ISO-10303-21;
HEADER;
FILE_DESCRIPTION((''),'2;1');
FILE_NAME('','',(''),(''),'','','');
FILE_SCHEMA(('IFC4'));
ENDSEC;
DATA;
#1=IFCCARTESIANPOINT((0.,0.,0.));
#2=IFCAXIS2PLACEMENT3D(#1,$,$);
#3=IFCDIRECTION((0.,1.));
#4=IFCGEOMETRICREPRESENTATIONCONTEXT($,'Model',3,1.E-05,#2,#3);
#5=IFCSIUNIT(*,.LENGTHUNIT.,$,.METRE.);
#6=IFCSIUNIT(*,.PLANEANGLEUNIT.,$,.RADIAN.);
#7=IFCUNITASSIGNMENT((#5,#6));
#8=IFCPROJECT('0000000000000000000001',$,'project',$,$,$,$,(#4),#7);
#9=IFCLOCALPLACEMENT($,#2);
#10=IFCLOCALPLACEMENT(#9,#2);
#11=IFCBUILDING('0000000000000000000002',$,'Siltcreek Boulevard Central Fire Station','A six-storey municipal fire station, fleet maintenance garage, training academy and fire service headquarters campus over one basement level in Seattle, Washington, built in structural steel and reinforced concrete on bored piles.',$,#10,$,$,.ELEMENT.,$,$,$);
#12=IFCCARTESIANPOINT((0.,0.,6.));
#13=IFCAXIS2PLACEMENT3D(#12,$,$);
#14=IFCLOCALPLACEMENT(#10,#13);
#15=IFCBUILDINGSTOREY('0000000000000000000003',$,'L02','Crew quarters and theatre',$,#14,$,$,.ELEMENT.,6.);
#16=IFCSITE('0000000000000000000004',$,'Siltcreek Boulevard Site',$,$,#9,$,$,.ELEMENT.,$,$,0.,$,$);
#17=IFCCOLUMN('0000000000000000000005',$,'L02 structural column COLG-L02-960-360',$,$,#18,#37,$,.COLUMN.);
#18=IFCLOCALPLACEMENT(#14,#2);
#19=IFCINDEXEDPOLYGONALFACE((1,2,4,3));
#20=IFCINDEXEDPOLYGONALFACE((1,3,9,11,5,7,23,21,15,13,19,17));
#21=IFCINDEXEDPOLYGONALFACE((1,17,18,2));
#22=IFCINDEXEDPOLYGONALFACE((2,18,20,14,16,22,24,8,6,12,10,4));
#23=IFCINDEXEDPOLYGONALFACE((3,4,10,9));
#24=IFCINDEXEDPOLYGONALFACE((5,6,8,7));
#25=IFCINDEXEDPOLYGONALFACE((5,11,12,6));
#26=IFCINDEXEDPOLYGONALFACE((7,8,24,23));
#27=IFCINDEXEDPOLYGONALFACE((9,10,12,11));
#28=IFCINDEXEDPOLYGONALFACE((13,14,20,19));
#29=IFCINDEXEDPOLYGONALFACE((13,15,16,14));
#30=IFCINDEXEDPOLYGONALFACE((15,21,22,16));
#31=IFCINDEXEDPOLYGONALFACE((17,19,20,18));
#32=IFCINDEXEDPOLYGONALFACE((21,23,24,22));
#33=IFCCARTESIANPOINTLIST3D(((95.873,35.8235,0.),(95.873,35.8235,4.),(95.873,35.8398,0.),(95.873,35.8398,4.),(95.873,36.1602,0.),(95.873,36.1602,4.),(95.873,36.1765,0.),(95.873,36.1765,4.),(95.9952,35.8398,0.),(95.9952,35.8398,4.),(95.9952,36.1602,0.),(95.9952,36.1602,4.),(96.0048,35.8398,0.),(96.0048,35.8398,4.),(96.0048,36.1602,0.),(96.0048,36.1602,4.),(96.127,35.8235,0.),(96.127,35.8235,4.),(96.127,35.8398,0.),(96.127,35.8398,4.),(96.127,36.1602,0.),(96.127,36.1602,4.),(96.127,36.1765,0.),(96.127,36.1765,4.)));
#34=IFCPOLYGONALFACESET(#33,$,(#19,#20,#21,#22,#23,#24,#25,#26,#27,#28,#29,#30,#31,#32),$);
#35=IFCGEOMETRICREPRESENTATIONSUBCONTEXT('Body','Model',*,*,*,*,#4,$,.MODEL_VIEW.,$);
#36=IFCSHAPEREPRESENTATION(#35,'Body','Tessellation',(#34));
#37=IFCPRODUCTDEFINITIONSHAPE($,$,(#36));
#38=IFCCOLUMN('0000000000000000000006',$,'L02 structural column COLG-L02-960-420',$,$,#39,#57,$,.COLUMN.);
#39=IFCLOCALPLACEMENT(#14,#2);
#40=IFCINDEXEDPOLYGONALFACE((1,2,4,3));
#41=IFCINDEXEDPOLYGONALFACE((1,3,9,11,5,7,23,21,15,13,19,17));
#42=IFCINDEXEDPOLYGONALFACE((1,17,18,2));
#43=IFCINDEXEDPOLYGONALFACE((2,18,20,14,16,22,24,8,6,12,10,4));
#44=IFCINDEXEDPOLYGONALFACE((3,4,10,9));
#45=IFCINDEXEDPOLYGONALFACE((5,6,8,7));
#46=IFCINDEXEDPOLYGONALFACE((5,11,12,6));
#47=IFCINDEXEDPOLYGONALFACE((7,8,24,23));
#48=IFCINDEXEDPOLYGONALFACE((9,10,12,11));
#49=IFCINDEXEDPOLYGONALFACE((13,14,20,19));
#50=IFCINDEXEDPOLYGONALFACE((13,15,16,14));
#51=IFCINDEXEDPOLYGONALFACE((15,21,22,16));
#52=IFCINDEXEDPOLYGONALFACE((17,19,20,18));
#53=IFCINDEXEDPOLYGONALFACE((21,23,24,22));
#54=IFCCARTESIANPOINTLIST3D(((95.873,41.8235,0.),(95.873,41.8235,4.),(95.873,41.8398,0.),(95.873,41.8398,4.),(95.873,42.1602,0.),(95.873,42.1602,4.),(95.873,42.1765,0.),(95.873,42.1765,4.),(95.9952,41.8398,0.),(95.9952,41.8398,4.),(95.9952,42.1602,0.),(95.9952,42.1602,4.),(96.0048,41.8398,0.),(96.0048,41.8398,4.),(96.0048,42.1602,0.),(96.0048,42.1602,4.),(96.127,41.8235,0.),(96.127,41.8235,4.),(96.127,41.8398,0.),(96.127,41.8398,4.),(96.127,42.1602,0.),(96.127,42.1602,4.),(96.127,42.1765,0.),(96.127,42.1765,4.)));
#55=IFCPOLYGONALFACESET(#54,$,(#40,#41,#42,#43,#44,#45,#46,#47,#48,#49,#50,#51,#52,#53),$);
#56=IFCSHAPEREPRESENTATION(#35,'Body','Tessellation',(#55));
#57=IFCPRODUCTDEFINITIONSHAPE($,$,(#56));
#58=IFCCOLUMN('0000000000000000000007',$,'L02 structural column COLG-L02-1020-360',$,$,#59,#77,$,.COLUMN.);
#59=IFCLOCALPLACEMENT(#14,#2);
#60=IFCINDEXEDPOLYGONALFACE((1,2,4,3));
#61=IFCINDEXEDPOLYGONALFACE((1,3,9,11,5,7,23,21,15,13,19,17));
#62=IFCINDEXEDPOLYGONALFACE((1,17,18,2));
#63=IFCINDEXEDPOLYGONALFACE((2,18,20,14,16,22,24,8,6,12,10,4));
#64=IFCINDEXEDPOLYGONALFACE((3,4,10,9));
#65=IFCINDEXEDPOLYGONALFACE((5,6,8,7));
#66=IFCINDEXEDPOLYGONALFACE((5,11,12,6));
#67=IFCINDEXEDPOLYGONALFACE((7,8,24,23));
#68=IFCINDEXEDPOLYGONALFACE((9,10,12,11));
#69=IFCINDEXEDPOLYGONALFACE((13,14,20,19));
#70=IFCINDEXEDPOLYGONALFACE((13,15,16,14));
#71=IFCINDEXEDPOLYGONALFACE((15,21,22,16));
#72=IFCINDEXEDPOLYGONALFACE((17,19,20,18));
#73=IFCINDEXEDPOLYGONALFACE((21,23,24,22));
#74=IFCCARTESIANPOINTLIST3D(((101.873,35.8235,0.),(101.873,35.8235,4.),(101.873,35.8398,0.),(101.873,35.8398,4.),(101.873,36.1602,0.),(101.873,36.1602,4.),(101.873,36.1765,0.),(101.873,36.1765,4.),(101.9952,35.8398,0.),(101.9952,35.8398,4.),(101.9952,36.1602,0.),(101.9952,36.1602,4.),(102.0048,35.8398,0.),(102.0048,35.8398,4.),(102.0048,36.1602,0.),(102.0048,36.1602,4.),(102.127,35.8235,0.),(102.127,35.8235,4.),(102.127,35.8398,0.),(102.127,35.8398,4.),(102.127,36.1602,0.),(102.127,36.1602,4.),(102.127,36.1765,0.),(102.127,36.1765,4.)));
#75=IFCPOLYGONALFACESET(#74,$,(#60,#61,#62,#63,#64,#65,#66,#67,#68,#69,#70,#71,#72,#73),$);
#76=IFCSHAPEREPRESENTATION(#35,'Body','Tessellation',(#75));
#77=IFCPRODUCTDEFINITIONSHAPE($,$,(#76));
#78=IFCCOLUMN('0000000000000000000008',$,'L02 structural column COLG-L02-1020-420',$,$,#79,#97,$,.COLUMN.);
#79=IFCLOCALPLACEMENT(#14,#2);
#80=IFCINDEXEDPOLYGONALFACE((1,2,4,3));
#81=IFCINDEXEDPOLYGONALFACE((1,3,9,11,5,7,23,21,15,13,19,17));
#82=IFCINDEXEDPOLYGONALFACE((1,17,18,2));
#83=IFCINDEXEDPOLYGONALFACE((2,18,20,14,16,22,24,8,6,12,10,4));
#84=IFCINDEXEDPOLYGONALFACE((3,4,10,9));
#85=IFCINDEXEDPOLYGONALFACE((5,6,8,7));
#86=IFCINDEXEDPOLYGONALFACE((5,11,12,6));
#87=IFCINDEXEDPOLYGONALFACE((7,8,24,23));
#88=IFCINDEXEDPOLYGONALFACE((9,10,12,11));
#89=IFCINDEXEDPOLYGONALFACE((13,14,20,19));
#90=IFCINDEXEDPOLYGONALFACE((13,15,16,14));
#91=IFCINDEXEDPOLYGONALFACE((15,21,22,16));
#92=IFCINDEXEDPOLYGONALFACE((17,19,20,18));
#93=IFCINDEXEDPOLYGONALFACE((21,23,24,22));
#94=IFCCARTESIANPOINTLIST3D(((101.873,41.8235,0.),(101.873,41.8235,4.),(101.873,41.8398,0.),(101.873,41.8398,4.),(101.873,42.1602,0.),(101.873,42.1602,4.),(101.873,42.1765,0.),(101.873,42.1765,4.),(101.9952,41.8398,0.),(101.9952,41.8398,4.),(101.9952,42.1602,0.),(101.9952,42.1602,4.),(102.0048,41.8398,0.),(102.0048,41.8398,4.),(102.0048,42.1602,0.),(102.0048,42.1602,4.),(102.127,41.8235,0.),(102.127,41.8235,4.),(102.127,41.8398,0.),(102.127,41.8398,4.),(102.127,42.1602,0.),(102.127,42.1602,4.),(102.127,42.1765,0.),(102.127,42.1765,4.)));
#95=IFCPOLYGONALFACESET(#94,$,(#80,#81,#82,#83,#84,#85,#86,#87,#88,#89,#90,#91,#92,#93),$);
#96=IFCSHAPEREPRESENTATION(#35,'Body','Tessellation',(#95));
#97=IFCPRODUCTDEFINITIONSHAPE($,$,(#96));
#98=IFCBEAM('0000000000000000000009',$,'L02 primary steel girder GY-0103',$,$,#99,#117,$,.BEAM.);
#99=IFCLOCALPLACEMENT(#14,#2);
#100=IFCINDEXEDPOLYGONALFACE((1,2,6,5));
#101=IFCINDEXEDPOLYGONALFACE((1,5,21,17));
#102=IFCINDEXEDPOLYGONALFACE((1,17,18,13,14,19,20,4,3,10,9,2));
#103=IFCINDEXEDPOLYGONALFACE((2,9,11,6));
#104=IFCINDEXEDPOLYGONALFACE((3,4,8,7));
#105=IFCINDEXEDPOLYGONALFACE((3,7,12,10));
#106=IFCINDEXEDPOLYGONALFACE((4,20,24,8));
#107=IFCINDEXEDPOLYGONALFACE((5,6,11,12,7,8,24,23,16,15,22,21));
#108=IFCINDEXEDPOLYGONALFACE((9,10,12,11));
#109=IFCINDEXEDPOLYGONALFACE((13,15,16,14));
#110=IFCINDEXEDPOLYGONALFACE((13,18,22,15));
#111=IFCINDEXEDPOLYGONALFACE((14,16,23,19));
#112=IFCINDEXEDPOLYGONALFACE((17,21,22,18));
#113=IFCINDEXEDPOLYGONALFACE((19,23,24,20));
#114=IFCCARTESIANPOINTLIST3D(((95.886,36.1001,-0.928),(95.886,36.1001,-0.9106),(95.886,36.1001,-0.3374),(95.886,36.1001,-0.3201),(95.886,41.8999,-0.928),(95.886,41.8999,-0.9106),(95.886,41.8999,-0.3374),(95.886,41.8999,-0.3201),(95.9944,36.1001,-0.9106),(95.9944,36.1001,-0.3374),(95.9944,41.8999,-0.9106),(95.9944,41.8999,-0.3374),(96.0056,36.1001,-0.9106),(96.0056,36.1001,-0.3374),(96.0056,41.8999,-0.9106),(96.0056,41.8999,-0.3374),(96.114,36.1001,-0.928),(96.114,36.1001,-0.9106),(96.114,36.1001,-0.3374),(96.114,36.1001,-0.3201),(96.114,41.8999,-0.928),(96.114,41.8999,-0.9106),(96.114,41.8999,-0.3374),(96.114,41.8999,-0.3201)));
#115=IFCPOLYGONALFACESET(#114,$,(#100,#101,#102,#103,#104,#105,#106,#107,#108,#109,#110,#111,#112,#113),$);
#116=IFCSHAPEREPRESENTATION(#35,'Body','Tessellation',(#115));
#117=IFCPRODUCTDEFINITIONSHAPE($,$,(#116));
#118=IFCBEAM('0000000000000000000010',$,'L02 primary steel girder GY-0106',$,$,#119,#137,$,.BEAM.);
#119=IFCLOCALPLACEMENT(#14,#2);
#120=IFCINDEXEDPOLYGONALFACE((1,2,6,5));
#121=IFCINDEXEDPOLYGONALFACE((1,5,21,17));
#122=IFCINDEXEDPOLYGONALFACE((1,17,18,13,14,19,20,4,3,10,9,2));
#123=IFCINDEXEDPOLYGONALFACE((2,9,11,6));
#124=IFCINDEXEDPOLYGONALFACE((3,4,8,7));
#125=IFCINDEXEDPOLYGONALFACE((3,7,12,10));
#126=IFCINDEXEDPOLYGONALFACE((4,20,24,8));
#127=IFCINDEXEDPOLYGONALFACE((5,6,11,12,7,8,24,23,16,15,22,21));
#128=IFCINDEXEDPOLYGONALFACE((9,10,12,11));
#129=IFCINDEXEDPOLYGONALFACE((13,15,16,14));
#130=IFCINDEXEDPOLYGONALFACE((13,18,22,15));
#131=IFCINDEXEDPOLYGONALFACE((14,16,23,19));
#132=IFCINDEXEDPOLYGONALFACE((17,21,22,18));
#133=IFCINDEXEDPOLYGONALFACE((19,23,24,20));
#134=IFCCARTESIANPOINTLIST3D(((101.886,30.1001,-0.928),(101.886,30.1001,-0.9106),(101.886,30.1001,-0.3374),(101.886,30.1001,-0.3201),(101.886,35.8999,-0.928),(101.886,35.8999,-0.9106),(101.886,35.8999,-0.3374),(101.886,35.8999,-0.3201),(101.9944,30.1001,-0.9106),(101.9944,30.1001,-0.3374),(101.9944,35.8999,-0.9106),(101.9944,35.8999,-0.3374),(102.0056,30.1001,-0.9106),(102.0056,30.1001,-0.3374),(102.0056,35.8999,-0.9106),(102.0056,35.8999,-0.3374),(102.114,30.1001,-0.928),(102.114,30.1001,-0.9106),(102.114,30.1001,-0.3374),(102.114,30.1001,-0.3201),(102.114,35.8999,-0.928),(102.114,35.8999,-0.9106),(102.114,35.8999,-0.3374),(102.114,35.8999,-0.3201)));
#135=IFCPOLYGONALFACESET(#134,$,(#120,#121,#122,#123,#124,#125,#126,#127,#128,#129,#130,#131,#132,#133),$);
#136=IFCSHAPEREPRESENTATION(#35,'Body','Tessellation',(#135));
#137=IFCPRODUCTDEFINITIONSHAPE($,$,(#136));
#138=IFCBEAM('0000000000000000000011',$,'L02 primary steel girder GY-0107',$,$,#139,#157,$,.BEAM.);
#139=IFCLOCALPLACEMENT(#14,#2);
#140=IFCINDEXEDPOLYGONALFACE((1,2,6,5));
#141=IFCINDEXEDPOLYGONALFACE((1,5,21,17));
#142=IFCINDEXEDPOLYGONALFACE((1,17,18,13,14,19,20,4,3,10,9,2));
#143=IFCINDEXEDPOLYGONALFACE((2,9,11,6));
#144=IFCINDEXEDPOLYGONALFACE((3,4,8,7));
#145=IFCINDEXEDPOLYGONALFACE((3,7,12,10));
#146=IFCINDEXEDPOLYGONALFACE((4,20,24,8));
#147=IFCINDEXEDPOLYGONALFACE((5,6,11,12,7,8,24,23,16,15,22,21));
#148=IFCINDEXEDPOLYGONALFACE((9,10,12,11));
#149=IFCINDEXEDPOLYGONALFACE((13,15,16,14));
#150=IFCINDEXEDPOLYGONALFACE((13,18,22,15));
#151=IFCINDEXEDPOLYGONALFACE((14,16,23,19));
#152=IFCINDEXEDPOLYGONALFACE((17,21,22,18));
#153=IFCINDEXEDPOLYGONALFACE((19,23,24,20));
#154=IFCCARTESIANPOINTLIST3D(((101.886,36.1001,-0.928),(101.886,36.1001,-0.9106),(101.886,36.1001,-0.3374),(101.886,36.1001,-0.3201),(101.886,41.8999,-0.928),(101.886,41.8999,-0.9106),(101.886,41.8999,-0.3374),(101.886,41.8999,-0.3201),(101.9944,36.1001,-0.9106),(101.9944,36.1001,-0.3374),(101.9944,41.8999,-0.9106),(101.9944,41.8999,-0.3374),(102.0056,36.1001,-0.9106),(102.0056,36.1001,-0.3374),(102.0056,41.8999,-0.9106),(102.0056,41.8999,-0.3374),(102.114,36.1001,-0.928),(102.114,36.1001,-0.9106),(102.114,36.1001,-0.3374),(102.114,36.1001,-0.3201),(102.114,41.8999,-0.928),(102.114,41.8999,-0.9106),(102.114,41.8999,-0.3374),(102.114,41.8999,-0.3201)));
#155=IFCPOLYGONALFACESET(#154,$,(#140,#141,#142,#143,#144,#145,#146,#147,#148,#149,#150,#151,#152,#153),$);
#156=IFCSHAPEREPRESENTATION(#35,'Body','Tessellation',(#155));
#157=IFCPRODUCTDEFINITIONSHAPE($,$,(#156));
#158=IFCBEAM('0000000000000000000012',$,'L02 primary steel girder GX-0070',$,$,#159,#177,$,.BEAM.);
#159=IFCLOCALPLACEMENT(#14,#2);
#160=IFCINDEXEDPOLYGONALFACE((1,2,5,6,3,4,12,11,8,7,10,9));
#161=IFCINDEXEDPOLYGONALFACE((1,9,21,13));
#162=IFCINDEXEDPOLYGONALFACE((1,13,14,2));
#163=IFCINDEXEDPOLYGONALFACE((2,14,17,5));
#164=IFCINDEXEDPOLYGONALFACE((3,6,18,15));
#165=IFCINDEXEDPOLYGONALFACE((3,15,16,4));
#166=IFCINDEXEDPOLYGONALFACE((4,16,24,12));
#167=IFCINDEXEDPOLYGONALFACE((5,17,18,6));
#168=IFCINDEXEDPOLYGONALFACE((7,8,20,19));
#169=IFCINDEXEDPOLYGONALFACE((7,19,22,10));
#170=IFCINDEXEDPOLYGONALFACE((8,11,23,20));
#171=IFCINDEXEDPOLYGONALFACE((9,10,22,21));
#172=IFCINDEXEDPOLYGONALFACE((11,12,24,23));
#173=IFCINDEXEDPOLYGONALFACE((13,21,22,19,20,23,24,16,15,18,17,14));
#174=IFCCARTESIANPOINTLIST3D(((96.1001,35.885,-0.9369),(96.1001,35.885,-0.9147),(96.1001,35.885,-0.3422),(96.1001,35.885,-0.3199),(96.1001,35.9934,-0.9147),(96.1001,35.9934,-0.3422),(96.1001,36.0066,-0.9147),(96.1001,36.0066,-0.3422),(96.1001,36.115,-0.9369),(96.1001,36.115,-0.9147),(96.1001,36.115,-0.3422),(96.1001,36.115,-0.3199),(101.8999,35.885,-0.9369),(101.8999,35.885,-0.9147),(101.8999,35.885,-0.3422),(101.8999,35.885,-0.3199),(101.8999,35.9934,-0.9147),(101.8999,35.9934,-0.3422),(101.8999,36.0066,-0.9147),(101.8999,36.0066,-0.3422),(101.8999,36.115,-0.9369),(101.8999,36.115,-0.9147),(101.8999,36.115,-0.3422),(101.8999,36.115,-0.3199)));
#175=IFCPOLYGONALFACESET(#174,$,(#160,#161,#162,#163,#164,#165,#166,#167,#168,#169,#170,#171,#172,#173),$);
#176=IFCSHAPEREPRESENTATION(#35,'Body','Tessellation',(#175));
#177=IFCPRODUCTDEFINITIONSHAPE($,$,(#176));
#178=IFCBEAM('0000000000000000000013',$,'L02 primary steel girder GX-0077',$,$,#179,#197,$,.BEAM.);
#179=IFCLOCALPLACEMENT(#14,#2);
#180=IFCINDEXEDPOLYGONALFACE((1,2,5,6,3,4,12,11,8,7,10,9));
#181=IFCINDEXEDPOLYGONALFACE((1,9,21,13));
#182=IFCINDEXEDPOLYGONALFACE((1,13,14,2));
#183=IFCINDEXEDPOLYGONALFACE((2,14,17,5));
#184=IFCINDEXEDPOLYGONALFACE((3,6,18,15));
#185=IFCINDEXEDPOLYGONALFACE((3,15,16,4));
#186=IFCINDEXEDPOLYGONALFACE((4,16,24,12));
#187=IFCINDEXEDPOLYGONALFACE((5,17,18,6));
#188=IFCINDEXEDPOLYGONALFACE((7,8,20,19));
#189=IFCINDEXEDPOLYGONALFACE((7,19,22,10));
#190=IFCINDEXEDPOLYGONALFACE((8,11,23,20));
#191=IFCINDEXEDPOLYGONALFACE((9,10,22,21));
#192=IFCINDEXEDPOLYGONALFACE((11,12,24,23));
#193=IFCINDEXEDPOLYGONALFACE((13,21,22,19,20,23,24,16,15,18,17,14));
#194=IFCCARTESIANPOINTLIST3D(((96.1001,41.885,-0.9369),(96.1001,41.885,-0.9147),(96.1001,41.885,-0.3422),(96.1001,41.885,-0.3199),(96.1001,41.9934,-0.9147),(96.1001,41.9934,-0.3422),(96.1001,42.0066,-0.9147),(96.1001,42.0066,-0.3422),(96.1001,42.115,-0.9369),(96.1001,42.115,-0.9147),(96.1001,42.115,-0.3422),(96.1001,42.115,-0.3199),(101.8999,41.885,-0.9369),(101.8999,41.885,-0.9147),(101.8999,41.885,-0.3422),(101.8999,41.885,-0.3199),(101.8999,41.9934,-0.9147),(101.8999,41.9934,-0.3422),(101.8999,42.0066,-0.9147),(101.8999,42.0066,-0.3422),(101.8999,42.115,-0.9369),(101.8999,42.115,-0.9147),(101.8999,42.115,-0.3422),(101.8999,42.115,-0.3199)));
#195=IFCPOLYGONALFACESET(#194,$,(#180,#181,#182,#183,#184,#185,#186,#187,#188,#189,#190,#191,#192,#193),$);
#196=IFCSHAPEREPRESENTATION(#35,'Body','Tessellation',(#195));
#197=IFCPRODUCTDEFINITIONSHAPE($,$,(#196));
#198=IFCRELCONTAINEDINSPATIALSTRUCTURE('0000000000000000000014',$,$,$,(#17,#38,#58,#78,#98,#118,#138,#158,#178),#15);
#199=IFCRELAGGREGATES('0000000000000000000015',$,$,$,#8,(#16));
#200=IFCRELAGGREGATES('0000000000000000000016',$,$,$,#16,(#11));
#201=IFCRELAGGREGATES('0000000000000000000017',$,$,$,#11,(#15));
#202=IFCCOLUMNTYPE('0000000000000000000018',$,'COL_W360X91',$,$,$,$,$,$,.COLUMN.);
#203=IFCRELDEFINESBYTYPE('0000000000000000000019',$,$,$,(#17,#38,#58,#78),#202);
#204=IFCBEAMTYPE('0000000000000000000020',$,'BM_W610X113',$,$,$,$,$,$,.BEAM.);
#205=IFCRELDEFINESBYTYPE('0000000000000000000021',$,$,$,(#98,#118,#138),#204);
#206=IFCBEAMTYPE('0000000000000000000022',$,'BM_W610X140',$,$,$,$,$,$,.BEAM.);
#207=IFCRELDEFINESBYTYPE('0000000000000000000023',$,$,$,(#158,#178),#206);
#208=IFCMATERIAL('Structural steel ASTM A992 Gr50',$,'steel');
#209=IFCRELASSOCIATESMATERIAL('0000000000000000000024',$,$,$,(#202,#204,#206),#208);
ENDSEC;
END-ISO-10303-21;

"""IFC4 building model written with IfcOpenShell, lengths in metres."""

from ifc_helpers import new_model, si_unit, direction, frame, origin, origin_2d, place, context, subcontext, project, spatial, i_section, extrude, material, material_profile, profile_set, type_object, element, save


model = new_model("IFC4")

# Units and contexts
model_context = context("Model", 3, precision=1e-05, world=origin(), true_north=direction((0.0, 1.0)))
body_context = subcontext(model_context, "Body", "Model", "MODEL_VIEW")
ifc_project = project(units=[si_unit("LENGTHUNIT", "METRE"), si_unit("PLANEANGLEUNIT", "RADIAN")], contexts=[model_context])

# Site, building, storey
site_placement = place(None, origin())
site = spatial("IfcSite", under=ifc_project, at=site_placement, Name="Siltcreek Boulevard Site", CompositionType="ELEMENT", RefElevation=0.0)
building_placement = place(site_placement, origin())
building = spatial("IfcBuilding", under=site, at=building_placement, Name="Siltcreek Boulevard Central Fire Station", Description="A six-storey municipal fire station, fleet maintenance garage, training academy and fire service headquarters campus over one basement level in Seattle, Washington, built in structural steel and reinforced concrete on bored piles.", CompositionType="ELEMENT")
storey_placement = place(building_placement, frame((0.0, 0.0, 6.0)))
storey = spatial("IfcBuildingStorey", under=building, at=storey_placement, Name="L02", Description="Crew quarters and theatre", CompositionType="ELEMENT", Elevation=6.0)

# Columns
ifc_material_1 = material(Name="Structural steel ASTM A992 Gr50", Category="steel")
ifc_material_profile_1 = material_profile(ifc_material_1, i_section(OverallWidth=0.2539, OverallDepth=0.353, WebThickness=0.0095, FlangeThickness=0.0164, at=origin_2d()), Name="W360X91")
ifc_profile_set_1 = profile_set([ifc_material_profile_1], Name="Structural steel ASTM A992 Gr50")
column_type = type_object("IfcColumnType", Name="COL_W360X91", PredefinedType="COLUMN", material=ifc_profile_set_1)
for number, where, z_axis, x_axis, name in (
    (1, (96.0, 36.0, 0.0), (0.0, 0.0, 1.0), (1.0, 0.0, 0.0), "L02 structural column COLG-L02-960-360"),
    (2, (96.0, 42.0, 0.0), (0.0, 0.0, 1.0), (1.0, 0.0, 0.0), "L02 structural column COLG-L02-960-420"),
    (3, (102.0, 36.0, 0.0), (0.0, 0.0, 1.0), (1.0, 0.0, 0.0), "L02 structural column COLG-L02-1020-360"),
    (4, (102.0, 42.0, 0.0), (0.0, 0.0, 1.0), (1.0, 0.0, 0.0), "L02 structural column COLG-L02-1020-420"),
):
    element("IfcColumn", number, at=place(storey_placement, frame(where, z_axis=z_axis, x_axis=x_axis)), inside=storey, type_object=column_type, Name=name, PredefinedType="COLUMN", context=body_context, shape_type="SweptSolid", body=[
        extrude(i_section(OverallWidth=0.2539, OverallDepth=0.353, WebThickness=0.0095, FlangeThickness=0.0164, at=origin_2d()), origin(), (0.0, 0.0, 1.0), 4.0),
    ])

# Beams
ifc_material_profile_2 = material_profile(ifc_material_1, i_section(OverallWidth=0.228, OverallDepth=0.6079, WebThickness=0.0112, FlangeThickness=0.0173, at=origin_2d()), Name="W610X113")
ifc_profile_set_2 = profile_set([ifc_material_profile_2], Name="Structural steel ASTM A992 Gr50")
beam_type_1 = type_object("IfcBeamType", Name="BM_W610X113", PredefinedType="BEAM", material=ifc_profile_set_2)
for number, where, z_axis, x_axis, name in (
    (5, (96.0, 36.1001, -0.624), (0.0, 1.0, 0.0), (-1.0, 0.0, 0.0), "L02 primary steel girder GY-0103"),
    (6, (102.0, 30.1001, -0.624), (0.0, 1.0, 0.0), (-1.0, 0.0, 0.0), "L02 primary steel girder GY-0106"),
    (7, (102.0, 36.1001, -0.624), (0.0, 1.0, 0.0), (-1.0, 0.0, 0.0), "L02 primary steel girder GY-0107"),
):
    element("IfcBeam", number, at=place(storey_placement, frame(where, z_axis=z_axis, x_axis=x_axis)), inside=storey, type_object=beam_type_1, Name=name, PredefinedType="BEAM", context=body_context, shape_type="SweptSolid", body=[
        extrude(i_section(OverallWidth=0.228, OverallDepth=0.6079, WebThickness=0.0112, FlangeThickness=0.0173, at=origin_2d()), origin(), (0.0, 0.0, 1.0), 5.7998),
    ])
ifc_material_profile_3 = material_profile(ifc_material_1, i_section(OverallWidth=0.23, OverallDepth=0.6169, WebThickness=0.0132, FlangeThickness=0.0222, at=origin_2d()), Name="W610X140")
ifc_profile_set_3 = profile_set([ifc_material_profile_3], Name="Structural steel ASTM A992 Gr50")
beam_type_2 = type_object("IfcBeamType", Name="BM_W610X140", PredefinedType="BEAM", material=ifc_profile_set_3)
for number, where, z_axis, x_axis, name in (
    (8, (96.1001, 36.0, -0.6284), (1.0, 0.0, 0.0), (0.0, 1.0, 0.0), "L02 primary steel girder GX-0070"),
    (9, (96.1001, 42.0, -0.6284), (1.0, 0.0, 0.0), (0.0, 1.0, 0.0), "L02 primary steel girder GX-0077"),
):
    element("IfcBeam", number, at=place(storey_placement, frame(where, z_axis=z_axis, x_axis=x_axis)), inside=storey, type_object=beam_type_2, Name=name, PredefinedType="BEAM", context=body_context, shape_type="SweptSolid", body=[
        extrude(i_section(OverallWidth=0.23, OverallDepth=0.6169, WebThickness=0.0132, FlangeThickness=0.0222, at=origin_2d()), origin(), (0.0, 0.0, 1.0), 5.7998),
    ])

save(model, "model.ifc")
